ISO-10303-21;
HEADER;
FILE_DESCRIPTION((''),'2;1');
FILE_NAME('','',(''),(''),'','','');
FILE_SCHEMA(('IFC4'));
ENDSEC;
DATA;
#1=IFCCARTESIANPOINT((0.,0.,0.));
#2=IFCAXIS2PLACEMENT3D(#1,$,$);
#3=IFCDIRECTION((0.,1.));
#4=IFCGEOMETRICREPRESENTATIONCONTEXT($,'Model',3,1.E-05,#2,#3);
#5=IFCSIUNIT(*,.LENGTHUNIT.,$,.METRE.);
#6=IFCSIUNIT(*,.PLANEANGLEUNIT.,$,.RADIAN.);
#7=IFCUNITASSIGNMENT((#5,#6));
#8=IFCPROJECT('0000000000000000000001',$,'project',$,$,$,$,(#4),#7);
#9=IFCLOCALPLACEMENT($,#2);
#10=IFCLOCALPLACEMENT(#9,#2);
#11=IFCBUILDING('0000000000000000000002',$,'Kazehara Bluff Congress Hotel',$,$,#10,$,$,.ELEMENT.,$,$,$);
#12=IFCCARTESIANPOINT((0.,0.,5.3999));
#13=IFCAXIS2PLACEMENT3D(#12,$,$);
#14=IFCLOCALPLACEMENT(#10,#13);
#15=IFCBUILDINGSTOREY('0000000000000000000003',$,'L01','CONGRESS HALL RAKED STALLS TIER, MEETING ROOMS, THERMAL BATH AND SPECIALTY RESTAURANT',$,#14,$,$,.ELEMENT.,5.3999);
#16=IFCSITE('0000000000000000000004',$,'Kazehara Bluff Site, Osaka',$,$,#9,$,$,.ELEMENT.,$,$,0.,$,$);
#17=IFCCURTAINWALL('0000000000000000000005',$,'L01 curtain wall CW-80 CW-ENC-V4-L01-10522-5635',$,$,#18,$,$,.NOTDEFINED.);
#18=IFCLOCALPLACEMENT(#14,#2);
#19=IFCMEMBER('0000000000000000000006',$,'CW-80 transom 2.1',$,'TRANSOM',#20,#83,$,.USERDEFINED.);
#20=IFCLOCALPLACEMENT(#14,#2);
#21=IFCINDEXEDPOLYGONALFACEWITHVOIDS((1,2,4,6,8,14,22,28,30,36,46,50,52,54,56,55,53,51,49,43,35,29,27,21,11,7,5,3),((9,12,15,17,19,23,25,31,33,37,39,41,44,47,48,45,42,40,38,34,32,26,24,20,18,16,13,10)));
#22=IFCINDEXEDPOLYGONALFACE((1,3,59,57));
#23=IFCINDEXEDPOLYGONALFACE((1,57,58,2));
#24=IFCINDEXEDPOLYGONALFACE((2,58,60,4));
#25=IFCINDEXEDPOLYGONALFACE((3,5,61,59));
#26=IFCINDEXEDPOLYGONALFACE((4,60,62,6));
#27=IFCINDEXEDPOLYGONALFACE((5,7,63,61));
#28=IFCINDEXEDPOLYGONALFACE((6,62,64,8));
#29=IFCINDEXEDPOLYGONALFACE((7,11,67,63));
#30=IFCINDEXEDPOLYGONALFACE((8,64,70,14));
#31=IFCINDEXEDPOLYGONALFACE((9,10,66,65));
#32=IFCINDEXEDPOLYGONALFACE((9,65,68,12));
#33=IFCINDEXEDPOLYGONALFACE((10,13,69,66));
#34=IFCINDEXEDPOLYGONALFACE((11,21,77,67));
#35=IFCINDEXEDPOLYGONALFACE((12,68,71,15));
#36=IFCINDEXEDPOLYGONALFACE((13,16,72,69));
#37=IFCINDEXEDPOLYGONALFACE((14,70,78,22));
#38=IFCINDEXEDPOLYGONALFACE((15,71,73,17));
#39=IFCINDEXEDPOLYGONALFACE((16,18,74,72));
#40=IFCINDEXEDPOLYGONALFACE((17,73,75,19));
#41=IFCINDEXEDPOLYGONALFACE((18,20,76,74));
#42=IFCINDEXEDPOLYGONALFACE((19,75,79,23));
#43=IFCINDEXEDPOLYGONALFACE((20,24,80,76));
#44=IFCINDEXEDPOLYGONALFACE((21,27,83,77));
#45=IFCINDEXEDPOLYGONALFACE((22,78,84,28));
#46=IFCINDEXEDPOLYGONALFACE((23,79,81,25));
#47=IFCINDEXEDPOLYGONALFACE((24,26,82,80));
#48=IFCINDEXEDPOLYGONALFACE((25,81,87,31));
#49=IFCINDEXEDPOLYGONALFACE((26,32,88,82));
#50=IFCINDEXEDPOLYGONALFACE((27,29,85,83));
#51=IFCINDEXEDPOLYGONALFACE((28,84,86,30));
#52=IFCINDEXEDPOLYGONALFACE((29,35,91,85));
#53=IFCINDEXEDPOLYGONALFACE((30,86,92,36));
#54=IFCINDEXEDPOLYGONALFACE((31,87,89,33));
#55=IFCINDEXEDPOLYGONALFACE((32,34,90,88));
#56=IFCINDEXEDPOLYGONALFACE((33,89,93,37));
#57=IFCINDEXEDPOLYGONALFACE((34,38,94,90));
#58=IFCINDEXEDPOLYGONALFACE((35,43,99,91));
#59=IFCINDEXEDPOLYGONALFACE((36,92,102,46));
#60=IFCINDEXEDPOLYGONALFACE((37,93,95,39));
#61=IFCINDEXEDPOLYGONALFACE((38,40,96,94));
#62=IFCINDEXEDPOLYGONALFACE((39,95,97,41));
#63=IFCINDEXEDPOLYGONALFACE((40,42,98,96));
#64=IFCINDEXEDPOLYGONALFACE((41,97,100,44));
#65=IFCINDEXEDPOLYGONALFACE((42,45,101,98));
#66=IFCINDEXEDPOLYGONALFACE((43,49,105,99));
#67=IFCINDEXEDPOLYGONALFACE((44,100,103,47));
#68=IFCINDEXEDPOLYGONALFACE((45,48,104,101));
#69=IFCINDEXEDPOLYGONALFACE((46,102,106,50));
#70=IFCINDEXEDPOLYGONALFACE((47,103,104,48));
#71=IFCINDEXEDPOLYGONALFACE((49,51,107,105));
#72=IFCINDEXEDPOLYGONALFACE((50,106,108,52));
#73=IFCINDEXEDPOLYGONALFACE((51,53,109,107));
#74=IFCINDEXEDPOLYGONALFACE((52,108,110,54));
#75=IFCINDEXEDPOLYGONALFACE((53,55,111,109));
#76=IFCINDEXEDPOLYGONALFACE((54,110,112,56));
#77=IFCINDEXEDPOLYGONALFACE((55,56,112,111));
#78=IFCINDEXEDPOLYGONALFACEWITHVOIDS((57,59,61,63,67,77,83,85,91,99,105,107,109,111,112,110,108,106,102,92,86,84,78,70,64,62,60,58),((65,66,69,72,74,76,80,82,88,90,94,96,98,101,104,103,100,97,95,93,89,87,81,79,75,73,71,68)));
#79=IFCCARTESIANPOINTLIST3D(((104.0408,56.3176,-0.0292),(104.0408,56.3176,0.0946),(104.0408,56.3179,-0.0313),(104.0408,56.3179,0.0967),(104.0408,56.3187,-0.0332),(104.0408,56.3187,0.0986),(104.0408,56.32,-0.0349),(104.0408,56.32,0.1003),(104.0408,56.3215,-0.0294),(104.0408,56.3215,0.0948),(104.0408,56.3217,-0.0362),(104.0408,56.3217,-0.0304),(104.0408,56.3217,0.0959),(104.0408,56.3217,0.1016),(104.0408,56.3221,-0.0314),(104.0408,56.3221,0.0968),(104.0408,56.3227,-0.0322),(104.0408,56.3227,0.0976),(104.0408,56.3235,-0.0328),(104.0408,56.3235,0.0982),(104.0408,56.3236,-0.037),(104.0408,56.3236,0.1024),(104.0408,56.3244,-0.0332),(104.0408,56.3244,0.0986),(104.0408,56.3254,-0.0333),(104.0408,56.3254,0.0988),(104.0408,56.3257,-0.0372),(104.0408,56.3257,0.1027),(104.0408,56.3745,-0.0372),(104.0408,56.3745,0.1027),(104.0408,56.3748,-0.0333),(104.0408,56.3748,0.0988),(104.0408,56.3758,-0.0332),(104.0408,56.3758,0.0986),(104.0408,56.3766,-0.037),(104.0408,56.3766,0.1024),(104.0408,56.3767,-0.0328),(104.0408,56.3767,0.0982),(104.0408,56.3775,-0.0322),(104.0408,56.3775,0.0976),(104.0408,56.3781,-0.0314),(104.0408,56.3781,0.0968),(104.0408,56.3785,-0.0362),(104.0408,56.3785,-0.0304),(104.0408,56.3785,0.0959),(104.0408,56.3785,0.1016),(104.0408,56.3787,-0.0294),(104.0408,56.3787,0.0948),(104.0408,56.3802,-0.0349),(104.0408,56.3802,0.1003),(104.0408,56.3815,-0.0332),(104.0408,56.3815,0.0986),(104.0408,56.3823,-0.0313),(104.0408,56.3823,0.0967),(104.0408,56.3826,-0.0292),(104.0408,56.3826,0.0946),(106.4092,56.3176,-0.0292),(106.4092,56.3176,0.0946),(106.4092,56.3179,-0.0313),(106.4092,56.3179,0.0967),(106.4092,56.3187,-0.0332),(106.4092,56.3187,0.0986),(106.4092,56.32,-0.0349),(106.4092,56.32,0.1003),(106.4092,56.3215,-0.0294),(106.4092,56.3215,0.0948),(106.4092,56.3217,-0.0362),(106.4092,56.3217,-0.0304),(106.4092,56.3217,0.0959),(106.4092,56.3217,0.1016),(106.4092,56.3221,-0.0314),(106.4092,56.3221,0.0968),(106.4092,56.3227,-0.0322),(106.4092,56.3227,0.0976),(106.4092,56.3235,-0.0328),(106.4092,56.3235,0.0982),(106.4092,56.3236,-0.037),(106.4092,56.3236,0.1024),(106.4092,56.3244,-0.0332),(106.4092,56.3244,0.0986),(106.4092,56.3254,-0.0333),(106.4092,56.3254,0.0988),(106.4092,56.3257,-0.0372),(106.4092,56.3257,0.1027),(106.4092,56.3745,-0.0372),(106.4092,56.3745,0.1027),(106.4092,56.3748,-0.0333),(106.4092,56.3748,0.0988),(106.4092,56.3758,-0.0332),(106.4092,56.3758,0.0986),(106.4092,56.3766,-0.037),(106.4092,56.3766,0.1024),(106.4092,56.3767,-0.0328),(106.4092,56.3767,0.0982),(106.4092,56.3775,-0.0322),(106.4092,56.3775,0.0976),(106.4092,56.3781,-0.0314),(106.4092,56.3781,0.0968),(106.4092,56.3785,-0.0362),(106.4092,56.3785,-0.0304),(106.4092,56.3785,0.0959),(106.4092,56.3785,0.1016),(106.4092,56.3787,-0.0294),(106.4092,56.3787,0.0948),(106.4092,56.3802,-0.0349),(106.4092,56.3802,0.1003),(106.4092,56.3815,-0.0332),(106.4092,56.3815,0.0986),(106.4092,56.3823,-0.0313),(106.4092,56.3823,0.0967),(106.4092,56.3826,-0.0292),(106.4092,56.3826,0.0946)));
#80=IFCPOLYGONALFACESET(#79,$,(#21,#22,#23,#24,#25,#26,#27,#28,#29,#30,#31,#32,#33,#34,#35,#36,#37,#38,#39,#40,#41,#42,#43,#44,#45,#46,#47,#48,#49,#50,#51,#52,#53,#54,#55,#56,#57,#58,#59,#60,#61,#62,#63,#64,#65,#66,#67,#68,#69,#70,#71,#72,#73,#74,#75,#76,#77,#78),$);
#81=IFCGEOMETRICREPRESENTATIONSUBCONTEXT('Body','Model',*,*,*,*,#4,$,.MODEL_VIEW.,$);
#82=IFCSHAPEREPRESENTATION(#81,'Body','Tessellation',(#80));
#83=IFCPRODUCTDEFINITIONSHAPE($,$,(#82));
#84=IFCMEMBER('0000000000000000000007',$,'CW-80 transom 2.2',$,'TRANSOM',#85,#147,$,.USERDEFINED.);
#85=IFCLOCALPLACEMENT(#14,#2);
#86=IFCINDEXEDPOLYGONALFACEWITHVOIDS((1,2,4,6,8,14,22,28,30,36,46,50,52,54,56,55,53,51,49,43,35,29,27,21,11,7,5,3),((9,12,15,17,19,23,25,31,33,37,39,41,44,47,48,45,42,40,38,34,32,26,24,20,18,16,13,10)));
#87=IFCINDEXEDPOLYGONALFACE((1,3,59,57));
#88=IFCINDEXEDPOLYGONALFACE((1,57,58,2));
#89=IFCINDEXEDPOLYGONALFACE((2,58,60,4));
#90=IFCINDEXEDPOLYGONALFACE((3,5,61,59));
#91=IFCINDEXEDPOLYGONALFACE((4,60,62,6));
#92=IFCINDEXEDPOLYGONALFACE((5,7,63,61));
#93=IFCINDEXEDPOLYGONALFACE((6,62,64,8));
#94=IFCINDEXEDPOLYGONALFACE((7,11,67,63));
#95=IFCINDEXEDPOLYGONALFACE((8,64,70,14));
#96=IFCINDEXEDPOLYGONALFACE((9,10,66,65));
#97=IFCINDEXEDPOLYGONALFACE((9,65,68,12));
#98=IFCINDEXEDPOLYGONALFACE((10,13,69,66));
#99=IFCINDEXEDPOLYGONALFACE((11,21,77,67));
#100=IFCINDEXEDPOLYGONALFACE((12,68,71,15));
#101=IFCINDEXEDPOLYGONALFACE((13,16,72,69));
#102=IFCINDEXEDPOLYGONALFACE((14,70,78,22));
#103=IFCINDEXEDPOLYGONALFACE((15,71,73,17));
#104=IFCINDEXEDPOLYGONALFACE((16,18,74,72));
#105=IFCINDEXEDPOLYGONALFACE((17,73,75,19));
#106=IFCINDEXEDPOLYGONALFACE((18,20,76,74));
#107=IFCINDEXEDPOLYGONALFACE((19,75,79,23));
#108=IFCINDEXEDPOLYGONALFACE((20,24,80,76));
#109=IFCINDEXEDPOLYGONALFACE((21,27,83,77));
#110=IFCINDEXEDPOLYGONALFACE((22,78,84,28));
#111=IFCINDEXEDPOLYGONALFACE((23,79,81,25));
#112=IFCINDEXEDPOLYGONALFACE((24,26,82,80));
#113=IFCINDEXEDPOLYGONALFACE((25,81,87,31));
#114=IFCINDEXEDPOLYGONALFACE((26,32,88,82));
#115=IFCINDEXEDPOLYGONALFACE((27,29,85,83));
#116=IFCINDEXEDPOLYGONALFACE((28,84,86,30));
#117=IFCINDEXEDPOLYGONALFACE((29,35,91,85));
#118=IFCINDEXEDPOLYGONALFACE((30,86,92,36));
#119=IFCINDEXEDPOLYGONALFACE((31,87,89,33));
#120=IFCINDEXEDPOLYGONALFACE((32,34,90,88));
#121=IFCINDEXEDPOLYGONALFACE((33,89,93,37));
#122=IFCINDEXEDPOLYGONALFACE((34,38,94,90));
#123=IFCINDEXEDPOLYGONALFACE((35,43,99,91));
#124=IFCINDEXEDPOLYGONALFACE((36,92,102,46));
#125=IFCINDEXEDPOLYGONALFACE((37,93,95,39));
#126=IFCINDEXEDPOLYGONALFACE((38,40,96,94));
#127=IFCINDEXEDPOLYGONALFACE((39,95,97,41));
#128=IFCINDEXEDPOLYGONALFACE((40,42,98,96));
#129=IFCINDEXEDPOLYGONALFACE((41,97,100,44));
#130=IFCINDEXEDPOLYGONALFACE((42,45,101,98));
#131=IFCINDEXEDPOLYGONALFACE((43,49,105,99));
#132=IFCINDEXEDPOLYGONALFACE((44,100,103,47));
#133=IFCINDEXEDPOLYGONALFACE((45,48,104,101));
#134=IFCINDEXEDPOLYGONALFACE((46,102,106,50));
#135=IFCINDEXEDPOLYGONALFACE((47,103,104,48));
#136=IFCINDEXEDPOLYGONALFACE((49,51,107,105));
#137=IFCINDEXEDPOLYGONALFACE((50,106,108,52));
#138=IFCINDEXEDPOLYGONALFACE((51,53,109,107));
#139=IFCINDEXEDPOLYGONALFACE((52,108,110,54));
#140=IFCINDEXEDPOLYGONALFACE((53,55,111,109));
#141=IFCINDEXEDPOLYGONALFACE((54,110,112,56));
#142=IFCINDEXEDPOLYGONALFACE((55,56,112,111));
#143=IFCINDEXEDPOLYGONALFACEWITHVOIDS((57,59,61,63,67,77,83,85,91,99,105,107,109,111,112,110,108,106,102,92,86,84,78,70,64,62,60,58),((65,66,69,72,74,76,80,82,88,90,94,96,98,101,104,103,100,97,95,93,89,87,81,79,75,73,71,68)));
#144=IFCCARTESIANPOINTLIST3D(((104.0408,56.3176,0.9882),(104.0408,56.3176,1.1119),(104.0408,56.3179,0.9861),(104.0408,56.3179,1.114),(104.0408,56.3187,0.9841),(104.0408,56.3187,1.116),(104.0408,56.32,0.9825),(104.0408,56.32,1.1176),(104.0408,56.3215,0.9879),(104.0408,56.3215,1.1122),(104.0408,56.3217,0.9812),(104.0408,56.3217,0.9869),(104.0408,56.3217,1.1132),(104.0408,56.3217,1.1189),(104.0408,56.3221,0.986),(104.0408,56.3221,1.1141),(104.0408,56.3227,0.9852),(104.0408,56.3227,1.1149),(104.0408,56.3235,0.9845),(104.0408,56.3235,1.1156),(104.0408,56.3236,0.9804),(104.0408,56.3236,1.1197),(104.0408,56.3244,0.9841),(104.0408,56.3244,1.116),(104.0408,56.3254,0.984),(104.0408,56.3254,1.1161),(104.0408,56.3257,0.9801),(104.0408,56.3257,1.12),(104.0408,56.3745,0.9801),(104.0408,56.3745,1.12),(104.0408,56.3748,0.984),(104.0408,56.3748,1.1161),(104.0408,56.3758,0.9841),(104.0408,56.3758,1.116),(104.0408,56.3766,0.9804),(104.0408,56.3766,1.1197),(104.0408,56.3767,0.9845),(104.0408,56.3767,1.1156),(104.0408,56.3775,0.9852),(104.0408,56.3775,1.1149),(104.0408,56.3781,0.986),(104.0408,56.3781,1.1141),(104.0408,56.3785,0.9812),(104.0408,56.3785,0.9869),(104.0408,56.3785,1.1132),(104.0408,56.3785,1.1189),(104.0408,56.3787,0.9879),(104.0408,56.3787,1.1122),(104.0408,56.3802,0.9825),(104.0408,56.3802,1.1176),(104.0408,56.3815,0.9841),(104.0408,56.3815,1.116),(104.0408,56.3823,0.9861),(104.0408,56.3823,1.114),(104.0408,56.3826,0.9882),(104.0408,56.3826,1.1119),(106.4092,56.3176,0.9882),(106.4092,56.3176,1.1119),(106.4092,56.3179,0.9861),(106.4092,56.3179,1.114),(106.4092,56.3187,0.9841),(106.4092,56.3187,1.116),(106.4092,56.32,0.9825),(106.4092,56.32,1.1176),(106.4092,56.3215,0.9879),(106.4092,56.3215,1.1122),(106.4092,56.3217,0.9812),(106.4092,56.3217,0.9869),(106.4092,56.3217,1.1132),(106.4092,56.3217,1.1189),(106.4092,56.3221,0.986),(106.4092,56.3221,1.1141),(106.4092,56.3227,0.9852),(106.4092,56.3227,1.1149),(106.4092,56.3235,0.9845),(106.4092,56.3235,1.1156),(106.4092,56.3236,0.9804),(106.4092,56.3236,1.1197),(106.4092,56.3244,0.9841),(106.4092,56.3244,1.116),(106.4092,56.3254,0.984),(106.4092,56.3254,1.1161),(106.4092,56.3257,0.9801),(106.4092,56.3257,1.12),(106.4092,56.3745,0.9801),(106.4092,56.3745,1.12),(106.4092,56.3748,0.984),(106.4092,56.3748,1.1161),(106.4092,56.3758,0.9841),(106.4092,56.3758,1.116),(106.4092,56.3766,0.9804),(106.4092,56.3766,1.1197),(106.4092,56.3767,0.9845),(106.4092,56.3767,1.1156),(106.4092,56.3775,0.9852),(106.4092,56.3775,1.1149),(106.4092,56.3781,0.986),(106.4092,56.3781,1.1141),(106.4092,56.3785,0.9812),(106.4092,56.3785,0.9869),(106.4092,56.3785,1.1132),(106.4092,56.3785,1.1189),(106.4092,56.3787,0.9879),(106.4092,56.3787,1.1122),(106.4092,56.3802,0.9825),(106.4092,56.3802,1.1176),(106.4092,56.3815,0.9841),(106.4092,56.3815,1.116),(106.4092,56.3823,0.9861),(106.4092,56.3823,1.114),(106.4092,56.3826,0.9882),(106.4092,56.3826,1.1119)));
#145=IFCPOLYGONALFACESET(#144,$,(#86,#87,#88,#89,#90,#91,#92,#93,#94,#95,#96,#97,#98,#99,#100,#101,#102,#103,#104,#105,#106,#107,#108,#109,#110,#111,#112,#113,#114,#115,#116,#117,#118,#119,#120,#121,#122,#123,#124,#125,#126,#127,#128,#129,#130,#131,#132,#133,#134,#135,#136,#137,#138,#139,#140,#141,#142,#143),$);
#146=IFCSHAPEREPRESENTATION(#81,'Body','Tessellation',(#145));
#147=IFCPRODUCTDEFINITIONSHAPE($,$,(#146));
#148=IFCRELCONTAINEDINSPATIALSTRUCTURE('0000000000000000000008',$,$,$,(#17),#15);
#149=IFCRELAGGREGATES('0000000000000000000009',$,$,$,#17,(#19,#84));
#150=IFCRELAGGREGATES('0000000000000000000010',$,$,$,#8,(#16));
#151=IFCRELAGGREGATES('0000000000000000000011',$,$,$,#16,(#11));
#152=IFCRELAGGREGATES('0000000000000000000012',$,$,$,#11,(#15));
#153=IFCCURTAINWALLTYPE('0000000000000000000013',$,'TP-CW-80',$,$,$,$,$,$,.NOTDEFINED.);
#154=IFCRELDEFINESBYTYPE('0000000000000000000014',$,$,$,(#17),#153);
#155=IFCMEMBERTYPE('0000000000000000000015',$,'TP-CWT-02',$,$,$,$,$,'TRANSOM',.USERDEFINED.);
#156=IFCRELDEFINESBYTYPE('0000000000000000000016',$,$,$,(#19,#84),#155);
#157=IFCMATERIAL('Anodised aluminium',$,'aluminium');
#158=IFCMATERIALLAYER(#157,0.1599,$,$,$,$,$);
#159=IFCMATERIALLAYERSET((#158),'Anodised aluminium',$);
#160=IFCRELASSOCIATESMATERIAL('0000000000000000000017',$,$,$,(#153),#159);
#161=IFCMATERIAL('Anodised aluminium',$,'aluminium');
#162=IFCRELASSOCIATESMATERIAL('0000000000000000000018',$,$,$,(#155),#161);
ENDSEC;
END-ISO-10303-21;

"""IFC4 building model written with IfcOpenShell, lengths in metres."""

from ifc_helpers import new_model, si_unit, direction, frame, origin, origin_2d, place, context, subcontext, project, spatial, hollow_rectangle, extrude, material, layer, layer_set, material_profile, profile_set, type_object, element, aggregate, save


model = new_model("IFC4")

# Units and contexts
model_context = context("Model", 3, precision=1e-05, world=origin(), true_north=direction((0.0, 1.0)))
body_context = subcontext(model_context, "Body", "Model", "MODEL_VIEW")
ifc_project = project(units=[si_unit("LENGTHUNIT", "METRE"), si_unit("PLANEANGLEUNIT", "RADIAN")], contexts=[model_context])

# Site, building, storey
site_placement = place(None, origin())
site = spatial("IfcSite", under=ifc_project, at=site_placement, Name="Kazehara Bluff Site, Osaka", CompositionType="ELEMENT", RefElevation=0.0)
building_placement = place(site_placement, origin())
building = spatial("IfcBuilding", under=site, at=building_placement, Name="Kazehara Bluff Congress Hotel", CompositionType="ELEMENT")
storey_placement = place(building_placement, frame((0.0, 0.0, 5.3999)))
storey = spatial("IfcBuildingStorey", under=building, at=storey_placement, Name="L01", Description="CONGRESS HALL RAKED STALLS TIER, MEETING ROOMS, THERMAL BATH AND SPECIALTY RESTAURANT", CompositionType="ELEMENT", Elevation=5.3999)

# Curtain wall, members
ifc_material_1 = material(Name="Anodised aluminium", Category="aluminium")
ifc_layer_1 = layer(ifc_material_1, 0.1599)
ifc_layer_set_1 = layer_set([ifc_layer_1], Name="Anodised aluminium")
curtain_wall_type_1 = type_object("IfcCurtainWallType", Name="TP-CW-80", PredefinedType="NOTDEFINED", material=ifc_layer_set_1)
curtain_wall_1_placement = place(storey_placement, origin())
curtain_wall_1 = element("IfcCurtainWall", 1, at=curtain_wall_1_placement, inside=storey, type_object=curtain_wall_type_1, Name="L01 curtain wall CW-80 CW-ENC-V4-L01-10522-5635", PredefinedType="NOTDEFINED")
ifc_material_2 = material(Name="Anodised aluminium", Category="aluminium")
ifc_material_profile_1 = material_profile(ifc_material_2, hollow_rectangle(XDim=0.0649, YDim=0.1399, WallThickness=0.0039, InnerFilletRadius=0.0039, OuterFilletRadius=0.0081, at=origin_2d()))
ifc_profile_set_1 = profile_set([ifc_material_profile_1], Name="Anodised aluminium")
member_type_1 = type_object("IfcMemberType", Name="TP-CWT-02", ElementType="TRANSOM", PredefinedType="USERDEFINED", material=ifc_profile_set_1)
member_1_placement = place(storey_placement, frame((104.0408, 56.3501, 0.0327), z_axis=(1.0, 0.0, 0.0), x_axis=(0.0, 1.0, 0.0)))
member_1 = element("IfcMember", 2, at=member_1_placement, type_object=member_type_1, Name="CW-80 transom 2.1", ObjectType="TRANSOM", PredefinedType="USERDEFINED", context=body_context, shape_type="SweptSolid", body=[
    extrude(hollow_rectangle(XDim=0.0649, YDim=0.1399, WallThickness=0.0039, InnerFilletRadius=0.0039, OuterFilletRadius=0.0081, at=origin_2d()), origin(), (0.0, 0.0, 1.0), 2.3684),
])
member_2_placement = place(storey_placement, frame((104.0408, 56.3501, 1.05), z_axis=(1.0, 0.0, 0.0), x_axis=(0.0, 1.0, 0.0)))
member_2 = element("IfcMember", 3, at=member_2_placement, type_object=member_type_1, Name="CW-80 transom 2.2", ObjectType="TRANSOM", PredefinedType="USERDEFINED", context=body_context, shape_type="SweptSolid", body=[
    extrude(hollow_rectangle(XDim=0.0649, YDim=0.1399, WallThickness=0.0039, InnerFilletRadius=0.0039, OuterFilletRadius=0.0081, at=origin_2d()), origin(), (0.0, 0.0, 1.0), 2.3684),
])

aggregate(curtain_wall_1, [member_1, member_2])

save(model, "model.ifc")
